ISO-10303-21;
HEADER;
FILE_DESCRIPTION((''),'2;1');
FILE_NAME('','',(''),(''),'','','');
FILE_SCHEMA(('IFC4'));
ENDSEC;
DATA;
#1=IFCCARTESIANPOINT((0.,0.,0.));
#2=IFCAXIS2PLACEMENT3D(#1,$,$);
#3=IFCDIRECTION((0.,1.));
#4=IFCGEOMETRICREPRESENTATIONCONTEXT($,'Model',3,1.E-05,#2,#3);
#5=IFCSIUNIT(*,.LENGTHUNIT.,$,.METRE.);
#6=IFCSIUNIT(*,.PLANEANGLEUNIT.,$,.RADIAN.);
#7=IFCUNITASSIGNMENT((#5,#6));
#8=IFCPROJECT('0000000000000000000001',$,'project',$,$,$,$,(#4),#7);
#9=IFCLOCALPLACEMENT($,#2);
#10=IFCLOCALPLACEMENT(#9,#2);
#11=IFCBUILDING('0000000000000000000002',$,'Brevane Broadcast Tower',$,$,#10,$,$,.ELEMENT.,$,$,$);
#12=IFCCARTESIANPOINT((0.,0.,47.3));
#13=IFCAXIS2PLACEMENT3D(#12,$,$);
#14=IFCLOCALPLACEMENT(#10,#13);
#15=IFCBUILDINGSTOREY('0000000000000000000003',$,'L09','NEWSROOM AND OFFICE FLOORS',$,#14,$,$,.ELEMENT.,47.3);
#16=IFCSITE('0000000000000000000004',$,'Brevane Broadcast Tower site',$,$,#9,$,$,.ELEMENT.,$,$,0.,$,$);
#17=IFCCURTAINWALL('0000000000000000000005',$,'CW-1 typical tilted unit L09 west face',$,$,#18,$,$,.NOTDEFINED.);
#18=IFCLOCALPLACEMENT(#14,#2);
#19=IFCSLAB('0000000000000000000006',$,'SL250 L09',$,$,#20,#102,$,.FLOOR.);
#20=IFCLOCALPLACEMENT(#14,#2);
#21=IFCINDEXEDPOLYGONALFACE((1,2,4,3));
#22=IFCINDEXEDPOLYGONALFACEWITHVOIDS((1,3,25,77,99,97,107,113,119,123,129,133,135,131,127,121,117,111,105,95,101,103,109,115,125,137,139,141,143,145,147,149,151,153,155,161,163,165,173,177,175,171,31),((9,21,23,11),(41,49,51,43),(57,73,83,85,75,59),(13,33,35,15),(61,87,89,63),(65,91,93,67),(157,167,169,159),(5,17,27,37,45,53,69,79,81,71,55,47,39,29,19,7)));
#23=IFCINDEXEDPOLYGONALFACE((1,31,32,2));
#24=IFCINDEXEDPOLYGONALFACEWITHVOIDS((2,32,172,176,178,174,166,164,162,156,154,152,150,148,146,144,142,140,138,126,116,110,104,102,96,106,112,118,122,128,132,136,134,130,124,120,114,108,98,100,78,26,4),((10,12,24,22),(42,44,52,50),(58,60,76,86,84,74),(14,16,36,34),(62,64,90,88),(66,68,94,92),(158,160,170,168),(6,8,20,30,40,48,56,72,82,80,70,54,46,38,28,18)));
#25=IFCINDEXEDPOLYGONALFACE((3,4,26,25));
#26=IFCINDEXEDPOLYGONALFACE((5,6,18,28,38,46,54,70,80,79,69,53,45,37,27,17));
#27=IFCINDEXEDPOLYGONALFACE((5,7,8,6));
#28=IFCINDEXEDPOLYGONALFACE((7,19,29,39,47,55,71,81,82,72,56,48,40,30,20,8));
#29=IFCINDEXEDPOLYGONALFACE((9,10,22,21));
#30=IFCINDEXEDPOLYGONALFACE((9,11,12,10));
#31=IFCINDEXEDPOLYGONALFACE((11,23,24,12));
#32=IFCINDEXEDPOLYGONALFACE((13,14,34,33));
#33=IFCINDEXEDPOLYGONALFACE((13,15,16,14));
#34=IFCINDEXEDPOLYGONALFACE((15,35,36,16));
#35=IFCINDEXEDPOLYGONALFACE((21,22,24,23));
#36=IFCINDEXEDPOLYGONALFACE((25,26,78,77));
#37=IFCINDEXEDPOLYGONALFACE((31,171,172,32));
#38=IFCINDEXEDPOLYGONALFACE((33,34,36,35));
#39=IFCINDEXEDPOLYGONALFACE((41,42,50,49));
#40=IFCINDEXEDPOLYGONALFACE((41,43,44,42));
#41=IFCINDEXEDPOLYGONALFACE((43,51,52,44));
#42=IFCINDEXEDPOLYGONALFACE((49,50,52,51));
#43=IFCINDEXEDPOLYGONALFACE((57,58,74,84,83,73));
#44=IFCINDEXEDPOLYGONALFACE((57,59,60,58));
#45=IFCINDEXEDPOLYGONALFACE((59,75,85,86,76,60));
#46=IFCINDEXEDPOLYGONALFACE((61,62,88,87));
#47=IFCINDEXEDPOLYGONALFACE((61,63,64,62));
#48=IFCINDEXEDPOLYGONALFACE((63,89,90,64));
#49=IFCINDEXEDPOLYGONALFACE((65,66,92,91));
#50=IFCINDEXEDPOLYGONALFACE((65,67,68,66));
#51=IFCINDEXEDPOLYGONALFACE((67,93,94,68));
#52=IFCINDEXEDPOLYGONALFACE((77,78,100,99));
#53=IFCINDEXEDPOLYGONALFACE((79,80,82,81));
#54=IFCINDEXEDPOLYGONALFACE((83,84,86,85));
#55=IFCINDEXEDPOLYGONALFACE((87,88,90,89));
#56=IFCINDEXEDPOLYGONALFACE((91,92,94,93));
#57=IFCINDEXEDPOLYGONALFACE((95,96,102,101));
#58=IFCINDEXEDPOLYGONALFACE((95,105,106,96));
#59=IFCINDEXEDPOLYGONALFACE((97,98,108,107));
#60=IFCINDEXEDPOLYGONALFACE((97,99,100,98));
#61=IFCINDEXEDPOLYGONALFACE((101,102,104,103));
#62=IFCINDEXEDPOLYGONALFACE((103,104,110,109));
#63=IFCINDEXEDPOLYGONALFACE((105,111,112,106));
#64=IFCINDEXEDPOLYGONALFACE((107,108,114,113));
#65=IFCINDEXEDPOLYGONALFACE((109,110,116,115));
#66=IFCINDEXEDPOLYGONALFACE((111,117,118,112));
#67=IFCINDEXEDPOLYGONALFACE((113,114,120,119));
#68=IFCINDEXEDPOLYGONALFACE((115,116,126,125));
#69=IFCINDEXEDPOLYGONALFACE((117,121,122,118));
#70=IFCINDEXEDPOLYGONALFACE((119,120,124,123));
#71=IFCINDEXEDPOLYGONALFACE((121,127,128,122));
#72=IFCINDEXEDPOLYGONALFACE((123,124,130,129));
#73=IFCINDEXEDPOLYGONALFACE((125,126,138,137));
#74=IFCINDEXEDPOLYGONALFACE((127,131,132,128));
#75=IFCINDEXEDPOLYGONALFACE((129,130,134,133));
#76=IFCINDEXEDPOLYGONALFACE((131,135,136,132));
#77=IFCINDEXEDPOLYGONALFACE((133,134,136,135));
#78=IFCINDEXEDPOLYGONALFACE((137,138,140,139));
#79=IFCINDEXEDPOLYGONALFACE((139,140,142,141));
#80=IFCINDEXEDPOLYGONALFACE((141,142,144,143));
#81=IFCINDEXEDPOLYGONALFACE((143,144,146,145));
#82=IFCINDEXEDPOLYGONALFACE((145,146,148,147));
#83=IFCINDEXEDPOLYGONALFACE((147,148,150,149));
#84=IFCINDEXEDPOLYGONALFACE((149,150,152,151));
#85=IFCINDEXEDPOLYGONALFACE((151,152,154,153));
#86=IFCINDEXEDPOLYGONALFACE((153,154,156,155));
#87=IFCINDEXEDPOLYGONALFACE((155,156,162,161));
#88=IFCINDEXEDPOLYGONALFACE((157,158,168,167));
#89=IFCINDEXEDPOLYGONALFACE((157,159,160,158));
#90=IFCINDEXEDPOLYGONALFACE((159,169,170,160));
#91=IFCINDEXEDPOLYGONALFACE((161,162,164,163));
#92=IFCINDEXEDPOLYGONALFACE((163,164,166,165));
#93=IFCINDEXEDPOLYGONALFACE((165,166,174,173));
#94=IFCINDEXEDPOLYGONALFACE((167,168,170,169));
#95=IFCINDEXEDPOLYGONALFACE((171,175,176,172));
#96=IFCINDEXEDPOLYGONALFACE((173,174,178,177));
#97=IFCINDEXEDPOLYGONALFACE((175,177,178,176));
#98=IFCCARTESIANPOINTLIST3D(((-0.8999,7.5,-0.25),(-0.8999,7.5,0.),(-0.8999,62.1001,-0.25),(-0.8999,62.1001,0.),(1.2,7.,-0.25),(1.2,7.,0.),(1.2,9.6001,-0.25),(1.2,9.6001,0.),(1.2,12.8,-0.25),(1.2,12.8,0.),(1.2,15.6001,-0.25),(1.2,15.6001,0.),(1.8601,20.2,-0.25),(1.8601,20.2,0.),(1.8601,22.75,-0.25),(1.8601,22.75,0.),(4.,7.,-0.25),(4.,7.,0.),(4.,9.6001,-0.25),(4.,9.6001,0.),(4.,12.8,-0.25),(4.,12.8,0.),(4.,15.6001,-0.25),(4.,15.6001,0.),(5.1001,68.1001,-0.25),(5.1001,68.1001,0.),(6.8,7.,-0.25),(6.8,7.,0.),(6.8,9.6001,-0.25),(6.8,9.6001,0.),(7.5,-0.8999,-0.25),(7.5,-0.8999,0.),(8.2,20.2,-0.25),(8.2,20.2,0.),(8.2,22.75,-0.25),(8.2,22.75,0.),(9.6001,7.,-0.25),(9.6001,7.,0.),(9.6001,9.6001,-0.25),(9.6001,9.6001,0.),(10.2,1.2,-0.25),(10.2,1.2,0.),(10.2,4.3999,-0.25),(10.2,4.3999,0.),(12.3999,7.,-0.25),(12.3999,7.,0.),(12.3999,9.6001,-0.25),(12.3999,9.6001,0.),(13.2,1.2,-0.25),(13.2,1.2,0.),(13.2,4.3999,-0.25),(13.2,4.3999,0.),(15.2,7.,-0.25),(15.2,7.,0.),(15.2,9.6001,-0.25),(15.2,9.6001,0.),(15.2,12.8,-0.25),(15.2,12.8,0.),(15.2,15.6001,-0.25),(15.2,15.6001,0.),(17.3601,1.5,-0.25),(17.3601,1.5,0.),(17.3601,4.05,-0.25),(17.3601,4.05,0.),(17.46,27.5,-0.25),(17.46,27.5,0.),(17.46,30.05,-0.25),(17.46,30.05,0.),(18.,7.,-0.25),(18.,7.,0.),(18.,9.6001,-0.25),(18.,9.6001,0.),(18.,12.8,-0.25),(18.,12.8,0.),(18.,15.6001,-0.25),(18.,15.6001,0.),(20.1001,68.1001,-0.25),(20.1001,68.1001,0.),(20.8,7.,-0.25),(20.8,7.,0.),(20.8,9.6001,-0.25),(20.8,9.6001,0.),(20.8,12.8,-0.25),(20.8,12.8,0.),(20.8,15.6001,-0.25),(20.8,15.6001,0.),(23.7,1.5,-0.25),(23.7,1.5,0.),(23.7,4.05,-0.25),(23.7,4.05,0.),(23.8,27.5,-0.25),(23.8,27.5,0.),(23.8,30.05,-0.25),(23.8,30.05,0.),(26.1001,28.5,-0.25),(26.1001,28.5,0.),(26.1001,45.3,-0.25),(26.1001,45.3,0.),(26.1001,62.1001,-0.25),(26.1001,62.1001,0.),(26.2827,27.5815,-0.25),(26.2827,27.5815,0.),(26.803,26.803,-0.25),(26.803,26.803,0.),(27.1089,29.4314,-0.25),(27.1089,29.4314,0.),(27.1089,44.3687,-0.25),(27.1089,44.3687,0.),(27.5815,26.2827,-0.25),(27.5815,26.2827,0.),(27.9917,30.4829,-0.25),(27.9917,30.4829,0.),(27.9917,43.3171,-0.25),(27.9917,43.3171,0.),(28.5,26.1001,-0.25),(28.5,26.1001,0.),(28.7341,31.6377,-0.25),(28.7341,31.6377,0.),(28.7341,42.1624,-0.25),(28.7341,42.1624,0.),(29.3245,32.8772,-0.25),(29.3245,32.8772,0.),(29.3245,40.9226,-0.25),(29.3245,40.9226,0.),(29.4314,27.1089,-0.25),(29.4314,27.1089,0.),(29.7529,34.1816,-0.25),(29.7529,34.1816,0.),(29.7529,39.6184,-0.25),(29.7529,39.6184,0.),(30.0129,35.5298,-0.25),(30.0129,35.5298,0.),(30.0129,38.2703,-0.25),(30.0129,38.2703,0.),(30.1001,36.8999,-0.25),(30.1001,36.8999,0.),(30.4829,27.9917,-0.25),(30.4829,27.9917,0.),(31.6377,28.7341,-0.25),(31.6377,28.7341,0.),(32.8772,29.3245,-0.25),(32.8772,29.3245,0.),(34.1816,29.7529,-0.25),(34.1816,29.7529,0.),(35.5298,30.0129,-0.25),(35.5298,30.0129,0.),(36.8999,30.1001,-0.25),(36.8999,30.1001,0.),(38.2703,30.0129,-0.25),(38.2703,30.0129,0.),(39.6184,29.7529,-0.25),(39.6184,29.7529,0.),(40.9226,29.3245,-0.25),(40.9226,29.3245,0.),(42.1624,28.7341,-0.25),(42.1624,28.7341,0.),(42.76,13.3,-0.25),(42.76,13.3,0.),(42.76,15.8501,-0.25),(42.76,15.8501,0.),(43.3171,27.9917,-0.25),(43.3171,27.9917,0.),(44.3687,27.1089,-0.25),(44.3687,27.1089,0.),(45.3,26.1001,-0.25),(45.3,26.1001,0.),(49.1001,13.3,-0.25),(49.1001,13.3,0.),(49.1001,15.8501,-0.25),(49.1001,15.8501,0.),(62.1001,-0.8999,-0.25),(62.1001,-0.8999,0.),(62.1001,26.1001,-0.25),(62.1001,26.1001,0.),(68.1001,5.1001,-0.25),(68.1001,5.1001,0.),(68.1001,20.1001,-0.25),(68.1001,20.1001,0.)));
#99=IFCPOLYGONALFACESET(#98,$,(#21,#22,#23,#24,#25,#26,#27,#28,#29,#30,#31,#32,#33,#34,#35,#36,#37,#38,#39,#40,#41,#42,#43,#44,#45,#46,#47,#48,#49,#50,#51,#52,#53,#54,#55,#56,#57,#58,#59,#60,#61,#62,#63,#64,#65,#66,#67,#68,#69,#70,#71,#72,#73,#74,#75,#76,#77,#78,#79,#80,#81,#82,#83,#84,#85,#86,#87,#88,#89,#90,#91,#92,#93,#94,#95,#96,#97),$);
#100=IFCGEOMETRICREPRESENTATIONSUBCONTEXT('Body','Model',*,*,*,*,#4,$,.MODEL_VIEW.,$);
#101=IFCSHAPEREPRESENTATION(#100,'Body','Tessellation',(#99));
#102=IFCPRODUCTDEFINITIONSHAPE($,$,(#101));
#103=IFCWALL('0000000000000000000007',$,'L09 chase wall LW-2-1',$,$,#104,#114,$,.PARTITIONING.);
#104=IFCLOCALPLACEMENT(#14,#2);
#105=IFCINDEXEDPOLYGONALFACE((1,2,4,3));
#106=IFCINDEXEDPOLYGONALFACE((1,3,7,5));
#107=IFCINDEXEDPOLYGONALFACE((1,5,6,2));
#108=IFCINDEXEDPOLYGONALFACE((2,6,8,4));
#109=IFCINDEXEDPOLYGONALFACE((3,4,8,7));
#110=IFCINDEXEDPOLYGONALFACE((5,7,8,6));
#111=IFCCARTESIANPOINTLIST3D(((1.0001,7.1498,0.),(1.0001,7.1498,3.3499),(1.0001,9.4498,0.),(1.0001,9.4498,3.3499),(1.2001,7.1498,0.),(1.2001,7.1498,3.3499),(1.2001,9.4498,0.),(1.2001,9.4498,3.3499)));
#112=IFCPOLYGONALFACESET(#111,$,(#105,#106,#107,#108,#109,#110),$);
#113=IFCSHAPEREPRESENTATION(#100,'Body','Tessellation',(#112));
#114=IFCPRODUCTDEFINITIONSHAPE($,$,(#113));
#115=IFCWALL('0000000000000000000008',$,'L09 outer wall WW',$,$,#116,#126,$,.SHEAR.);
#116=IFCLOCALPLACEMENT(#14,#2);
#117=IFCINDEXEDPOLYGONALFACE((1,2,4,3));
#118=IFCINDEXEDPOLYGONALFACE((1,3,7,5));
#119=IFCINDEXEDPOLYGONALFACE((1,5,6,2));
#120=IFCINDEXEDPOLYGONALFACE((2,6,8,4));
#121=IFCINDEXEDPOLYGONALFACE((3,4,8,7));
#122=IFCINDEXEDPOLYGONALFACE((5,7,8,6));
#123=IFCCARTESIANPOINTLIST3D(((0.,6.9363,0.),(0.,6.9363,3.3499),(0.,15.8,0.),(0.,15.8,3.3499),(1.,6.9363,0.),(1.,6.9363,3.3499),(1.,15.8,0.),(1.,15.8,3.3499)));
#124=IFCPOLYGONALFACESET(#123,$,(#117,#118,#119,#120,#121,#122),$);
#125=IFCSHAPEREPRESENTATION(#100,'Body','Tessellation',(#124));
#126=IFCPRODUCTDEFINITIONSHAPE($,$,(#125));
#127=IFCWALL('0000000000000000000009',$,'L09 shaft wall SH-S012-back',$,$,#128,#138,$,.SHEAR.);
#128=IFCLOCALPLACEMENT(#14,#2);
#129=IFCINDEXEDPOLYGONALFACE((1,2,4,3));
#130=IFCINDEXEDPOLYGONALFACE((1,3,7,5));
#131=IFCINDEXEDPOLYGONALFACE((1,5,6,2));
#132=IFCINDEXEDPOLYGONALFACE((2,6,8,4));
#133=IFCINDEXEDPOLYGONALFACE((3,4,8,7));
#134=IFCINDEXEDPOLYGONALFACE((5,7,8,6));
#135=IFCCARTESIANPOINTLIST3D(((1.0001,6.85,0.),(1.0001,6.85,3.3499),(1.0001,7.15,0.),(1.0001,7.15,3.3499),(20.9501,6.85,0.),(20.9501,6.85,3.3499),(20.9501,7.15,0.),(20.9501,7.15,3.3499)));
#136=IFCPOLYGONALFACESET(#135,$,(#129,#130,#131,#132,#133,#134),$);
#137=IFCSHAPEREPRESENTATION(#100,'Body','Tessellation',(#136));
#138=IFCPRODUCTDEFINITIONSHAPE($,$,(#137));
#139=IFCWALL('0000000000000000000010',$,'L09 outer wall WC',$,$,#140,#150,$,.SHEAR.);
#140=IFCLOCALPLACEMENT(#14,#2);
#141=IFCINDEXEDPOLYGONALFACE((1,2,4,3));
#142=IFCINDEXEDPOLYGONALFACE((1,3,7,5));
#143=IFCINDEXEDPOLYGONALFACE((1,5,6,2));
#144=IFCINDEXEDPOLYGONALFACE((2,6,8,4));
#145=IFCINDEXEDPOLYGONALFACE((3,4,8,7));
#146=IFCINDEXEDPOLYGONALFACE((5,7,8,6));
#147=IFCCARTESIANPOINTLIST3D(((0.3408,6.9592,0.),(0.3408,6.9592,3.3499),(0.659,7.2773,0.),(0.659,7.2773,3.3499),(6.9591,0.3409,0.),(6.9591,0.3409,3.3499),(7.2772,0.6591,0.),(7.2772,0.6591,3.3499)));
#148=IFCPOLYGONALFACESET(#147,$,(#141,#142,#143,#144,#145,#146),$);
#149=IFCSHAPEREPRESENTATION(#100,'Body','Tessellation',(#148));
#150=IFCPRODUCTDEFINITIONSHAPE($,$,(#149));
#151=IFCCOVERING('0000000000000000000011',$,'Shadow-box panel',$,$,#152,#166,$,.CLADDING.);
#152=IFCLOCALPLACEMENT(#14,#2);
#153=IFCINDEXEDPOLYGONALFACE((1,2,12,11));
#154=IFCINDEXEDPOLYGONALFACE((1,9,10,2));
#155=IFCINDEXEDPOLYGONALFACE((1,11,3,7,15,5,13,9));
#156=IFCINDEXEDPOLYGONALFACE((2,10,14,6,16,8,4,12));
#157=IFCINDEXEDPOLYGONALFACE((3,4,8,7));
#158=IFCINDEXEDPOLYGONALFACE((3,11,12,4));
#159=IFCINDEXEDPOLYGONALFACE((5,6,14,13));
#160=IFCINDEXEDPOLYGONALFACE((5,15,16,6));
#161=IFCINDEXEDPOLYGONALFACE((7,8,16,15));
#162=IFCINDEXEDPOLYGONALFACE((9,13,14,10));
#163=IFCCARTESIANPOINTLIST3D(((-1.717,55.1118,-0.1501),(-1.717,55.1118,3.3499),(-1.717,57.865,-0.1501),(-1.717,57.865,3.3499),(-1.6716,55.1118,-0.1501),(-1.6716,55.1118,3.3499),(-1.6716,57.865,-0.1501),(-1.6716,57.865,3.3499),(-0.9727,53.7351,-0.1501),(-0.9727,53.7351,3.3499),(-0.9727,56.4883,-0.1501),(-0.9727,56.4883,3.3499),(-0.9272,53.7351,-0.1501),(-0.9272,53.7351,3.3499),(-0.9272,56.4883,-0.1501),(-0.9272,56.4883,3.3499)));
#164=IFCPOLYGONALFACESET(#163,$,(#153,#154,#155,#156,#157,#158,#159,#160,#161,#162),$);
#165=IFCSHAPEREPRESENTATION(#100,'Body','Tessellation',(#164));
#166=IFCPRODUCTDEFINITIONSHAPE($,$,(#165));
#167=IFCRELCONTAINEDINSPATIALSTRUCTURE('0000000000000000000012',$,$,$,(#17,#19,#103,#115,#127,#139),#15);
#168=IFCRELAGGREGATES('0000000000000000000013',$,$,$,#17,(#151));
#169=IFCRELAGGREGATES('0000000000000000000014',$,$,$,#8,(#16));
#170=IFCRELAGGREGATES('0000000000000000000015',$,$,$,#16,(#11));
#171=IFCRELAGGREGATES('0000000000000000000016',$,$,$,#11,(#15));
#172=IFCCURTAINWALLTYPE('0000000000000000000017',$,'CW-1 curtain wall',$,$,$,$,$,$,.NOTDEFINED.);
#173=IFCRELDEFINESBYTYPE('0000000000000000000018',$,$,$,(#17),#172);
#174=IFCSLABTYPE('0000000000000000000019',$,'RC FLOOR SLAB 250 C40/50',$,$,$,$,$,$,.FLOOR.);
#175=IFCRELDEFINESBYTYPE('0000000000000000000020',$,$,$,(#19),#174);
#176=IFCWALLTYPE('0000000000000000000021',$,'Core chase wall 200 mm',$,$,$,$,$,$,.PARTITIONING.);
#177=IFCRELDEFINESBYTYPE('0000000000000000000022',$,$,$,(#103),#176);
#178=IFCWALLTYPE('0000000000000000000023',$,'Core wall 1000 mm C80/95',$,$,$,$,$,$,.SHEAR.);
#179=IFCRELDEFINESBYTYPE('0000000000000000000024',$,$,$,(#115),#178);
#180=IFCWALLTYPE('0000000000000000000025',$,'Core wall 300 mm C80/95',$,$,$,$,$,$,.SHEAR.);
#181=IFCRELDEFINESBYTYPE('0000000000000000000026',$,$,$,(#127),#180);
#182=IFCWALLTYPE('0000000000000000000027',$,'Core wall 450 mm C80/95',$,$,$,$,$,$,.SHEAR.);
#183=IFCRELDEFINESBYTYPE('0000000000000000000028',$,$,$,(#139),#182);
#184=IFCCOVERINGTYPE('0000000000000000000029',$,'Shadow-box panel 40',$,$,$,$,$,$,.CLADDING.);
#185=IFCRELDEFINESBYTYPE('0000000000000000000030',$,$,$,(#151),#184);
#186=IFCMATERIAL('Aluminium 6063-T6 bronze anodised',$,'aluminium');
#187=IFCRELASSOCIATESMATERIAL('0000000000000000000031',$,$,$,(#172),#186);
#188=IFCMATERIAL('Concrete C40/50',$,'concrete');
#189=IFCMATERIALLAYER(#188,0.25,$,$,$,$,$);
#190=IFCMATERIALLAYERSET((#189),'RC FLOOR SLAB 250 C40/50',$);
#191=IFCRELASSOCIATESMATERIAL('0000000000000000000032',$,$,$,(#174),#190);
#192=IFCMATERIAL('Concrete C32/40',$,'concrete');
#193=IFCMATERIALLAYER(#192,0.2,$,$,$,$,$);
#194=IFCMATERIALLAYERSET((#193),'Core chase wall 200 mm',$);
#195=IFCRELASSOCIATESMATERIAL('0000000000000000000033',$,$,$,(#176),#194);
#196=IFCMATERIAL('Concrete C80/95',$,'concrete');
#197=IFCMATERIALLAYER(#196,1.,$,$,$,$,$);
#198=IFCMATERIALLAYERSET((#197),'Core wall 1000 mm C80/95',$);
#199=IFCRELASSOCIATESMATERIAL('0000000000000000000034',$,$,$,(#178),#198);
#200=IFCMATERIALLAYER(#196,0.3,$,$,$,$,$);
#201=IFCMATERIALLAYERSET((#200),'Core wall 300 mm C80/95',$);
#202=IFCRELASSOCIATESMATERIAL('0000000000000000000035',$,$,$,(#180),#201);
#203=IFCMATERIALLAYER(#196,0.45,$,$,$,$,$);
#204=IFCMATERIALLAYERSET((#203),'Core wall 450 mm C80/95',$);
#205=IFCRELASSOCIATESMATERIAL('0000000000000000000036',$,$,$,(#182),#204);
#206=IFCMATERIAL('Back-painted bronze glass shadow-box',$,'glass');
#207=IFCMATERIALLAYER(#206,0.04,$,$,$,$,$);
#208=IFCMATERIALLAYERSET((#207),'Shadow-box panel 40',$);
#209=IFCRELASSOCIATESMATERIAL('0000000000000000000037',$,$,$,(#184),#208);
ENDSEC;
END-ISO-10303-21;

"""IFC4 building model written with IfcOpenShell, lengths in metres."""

from ifc_helpers import new_model, si_unit, direction, frame, frame_2d, origin, place, context, subcontext, project, spatial, polyline, rectangle, outline, extrude, material, layer, layer_set, type_object, element, aggregate, save


model = new_model("IFC4")

# Units and contexts
model_context = context("Model", 3, precision=1e-05, world=origin(), true_north=direction((0.0, 1.0)))
body_context = subcontext(model_context, "Body", "Model", "MODEL_VIEW")
ifc_project = project(units=[si_unit("LENGTHUNIT", "METRE"), si_unit("PLANEANGLEUNIT", "RADIAN")], contexts=[model_context])

# Site, building, storey
site_placement = place(None, origin())
site = spatial("IfcSite", under=ifc_project, at=site_placement, Name="Brevane Broadcast Tower site", CompositionType="ELEMENT", RefElevation=0.0)
building_placement = place(site_placement, origin())
building = spatial("IfcBuilding", under=site, at=building_placement, Name="Brevane Broadcast Tower", CompositionType="ELEMENT")
storey_placement = place(building_placement, frame((0.0, 0.0, 47.3)))
storey = spatial("IfcBuildingStorey", under=building, at=storey_placement, Name="L09", Description="NEWSROOM AND OFFICE FLOORS", CompositionType="ELEMENT", Elevation=47.3)

# Curtain wall
ifc_material_1 = material(Name="Aluminium 6063-T6 bronze anodised", Category="aluminium")
curtain_wall_type = type_object("IfcCurtainWallType", Name="CW-1 curtain wall", PredefinedType="NOTDEFINED", material=ifc_material_1)
curtain_wall_1_placement = place(storey_placement, origin())
curtain_wall_1 = element("IfcCurtainWall", 1, at=curtain_wall_1_placement, inside=storey, type_object=curtain_wall_type, Name="CW-1 typical tilted unit L09 west face", PredefinedType="NOTDEFINED")

# Slab
ifc_material_2 = material(Name="Concrete C40/50", Category="concrete")
ifc_layer_1 = layer(ifc_material_2, 0.25)
ifc_layer_set_1 = layer_set([ifc_layer_1], Name="RC FLOOR SLAB 250 C40/50")
slab_type_1 = type_object("IfcSlabType", Name="RC FLOOR SLAB 250 C40/50", PredefinedType="FLOOR", material=ifc_layer_set_1)
slab_1_placement = place(storey_placement, frame((0.0, 0.0, -0.25)))
element("IfcSlab", 2, at=slab_1_placement, inside=storey, type_object=slab_type_1, Name="SL250 L09", PredefinedType="FLOOR", context=body_context, shape_type="SweptSolid", body=[
    extrude(outline(polyline([(-0.8999, 7.5), (-0.8999, 62.1001), (5.1001, 68.1001), (20.1001, 68.1001), (26.1001, 62.1001), (26.1001, 45.3), (27.1089, 44.3687), (27.9917, 43.3171), (28.7341, 42.1624), (29.3245, 40.9226), (29.7529, 39.6184), (30.0129, 38.2703), (30.1001, 36.8999), (30.0129, 35.5298), (29.7529, 34.1816), (29.3245, 32.8772), (28.7341, 31.6377), (27.9917, 30.4829), (27.1089, 29.4314), (26.1001, 28.5), (26.2827, 27.5815), (26.803, 26.803), (27.5815, 26.2827), (28.5, 26.1001), (29.4314, 27.1089), (30.4829, 27.9917), (31.6377, 28.7341), (32.8772, 29.3245), (34.1816, 29.7529), (35.5298, 30.0129), (36.8999, 30.1001), (38.2703, 30.0129), (39.6184, 29.7529), (40.9226, 29.3245), (42.1624, 28.7341), (43.3171, 27.9917), (44.3687, 27.1089), (45.3, 26.1001), (62.1001, 26.1001), (68.1001, 20.1001), (68.1001, 5.1001), (62.1001, -0.8999), (7.5, -0.8999), (-0.8999, 7.5)]), holes=[polyline([(13.2, 4.3999), (10.2, 4.3999), (10.2, 1.2), (13.2, 1.2), (13.2, 4.3999)]), polyline([(4.0, 9.6001), (1.2, 9.6001), (1.2, 7.0), (4.0, 7.0), (6.8, 7.0), (9.6001, 7.0), (12.3999, 7.0), (15.2, 7.0), (18.0, 7.0), (20.8, 7.0), (20.8, 9.6001), (18.0, 9.6001), (15.2, 9.6001), (12.3999, 9.6001), (9.6001, 9.6001), (6.8, 9.6001), (4.0, 9.6001)]), polyline([(4.0, 12.8), (4.0, 15.6001), (1.2, 15.6001), (1.2, 12.8), (4.0, 12.8)]), polyline([(8.2, 22.75), (1.8601, 22.75), (1.8601, 20.2), (8.2, 20.2), (8.2, 22.75)]), polyline([(23.7, 4.05), (17.3601, 4.05), (17.3601, 1.5), (23.7, 1.5), (23.7, 4.05)]), polyline([(18.0, 15.6001), (15.2, 15.6001), (15.2, 12.8), (18.0, 12.8), (20.8, 12.8), (20.8, 15.6001), (18.0, 15.6001)]), polyline([(49.1001, 15.8501), (42.76, 15.8501), (42.76, 13.3), (49.1001, 13.3), (49.1001, 15.8501)]), polyline([(23.8, 30.05), (17.46, 30.05), (17.46, 27.5), (23.8, 27.5), (23.8, 30.05)])]), origin(), (0.0, 0.0, 1.0), 0.25),
])

# Walls
ifc_material_3 = material(Name="Concrete C32/40", Category="concrete")
ifc_layer_2 = layer(ifc_material_3, 0.2)
ifc_layer_set_2 = layer_set([ifc_layer_2], Name="Core chase wall 200 mm")
wall_type_1 = type_object("IfcWallType", Name="Core chase wall 200 mm", PredefinedType="PARTITIONING", material=ifc_layer_set_2)
wall_1_placement = place(storey_placement, frame((1.1001, 7.1499, 0.0), z_axis=(0.0, 0.0, 1.0), x_axis=(0.0, 1.0, 0.0)))
element("IfcWall", 3, at=wall_1_placement, inside=storey, type_object=wall_type_1, Name="L09 chase wall LW-2-1", PredefinedType="PARTITIONING", context=body_context, shape_type="SweptSolid", body=[
    extrude(rectangle(XDim=2.3, YDim=0.2, at=frame_2d((1.1499, 0.0))), origin(), (0.0, 0.0, 1.0), 3.3499),
])
ifc_material_4 = material(Name="Concrete C80/95", Category="concrete")
ifc_layer_3 = layer(ifc_material_4, 1.0)
ifc_layer_set_3 = layer_set([ifc_layer_3], Name="Core wall 1000 mm C80/95")
wall_type_2 = type_object("IfcWallType", Name="Core wall 1000 mm C80/95", PredefinedType="SHEAR", material=ifc_layer_set_3)
wall_2_placement = place(storey_placement, frame((0.5, 6.9363, 0.0), z_axis=(0.0, 0.0, 1.0), x_axis=(0.0, 1.0, 0.0)))
element("IfcWall", 4, at=wall_2_placement, inside=storey, type_object=wall_type_2, Name="L09 outer wall WW", PredefinedType="SHEAR", context=body_context, shape_type="SweptSolid", body=[
    extrude(rectangle(XDim=8.8638, YDim=1.0, at=frame_2d((4.4319, 0.0))), origin(), (0.0, 0.0, 1.0), 3.3499),
])
ifc_layer_4 = layer(ifc_material_4, 0.3)
ifc_layer_set_4 = layer_set([ifc_layer_4], Name="Core wall 300 mm C80/95")
wall_type_3 = type_object("IfcWallType", Name="Core wall 300 mm C80/95", PredefinedType="SHEAR", material=ifc_layer_set_4)
wall_3_placement = place(storey_placement, frame((1.0, 7.0, 0.0), z_axis=(0.0, 0.0, 1.0), x_axis=(1.0, 0.0, 0.0)))
element("IfcWall", 5, at=wall_3_placement, inside=storey, type_object=wall_type_3, Name="L09 shaft wall SH-S012-back", PredefinedType="SHEAR", context=body_context, shape_type="SweptSolid", body=[
    extrude(rectangle(XDim=19.95, YDim=0.3, at=frame_2d((9.9751, 0.0))), origin(), (0.0, 0.0, 1.0), 3.3499),
])
ifc_layer_5 = layer(ifc_material_4, 0.45)
ifc_layer_set_5 = layer_set([ifc_layer_5], Name="Core wall 450 mm C80/95")
wall_type_4 = type_object("IfcWallType", Name="Core wall 450 mm C80/95", PredefinedType="SHEAR", material=ifc_layer_set_5)
wall_4_placement = place(storey_placement, frame((0.5, 7.1182, 0.0), z_axis=(0.0, 0.0, 1.0), x_axis=(0.707107, -0.707107, 0.0)))
element("IfcWall", 6, at=wall_4_placement, inside=storey, type_object=wall_type_4, Name="L09 outer wall WC", PredefinedType="SHEAR", context=body_context, shape_type="SweptSolid", body=[
    extrude(rectangle(XDim=9.3596, YDim=0.45, at=frame_2d((4.6797, 0.0))), origin(), (0.0, 0.0, 1.0), 3.3499),
])

# Covering
ifc_material_5 = material(Name="Back-painted bronze glass shadow-box", Category="glass")
ifc_layer_6 = layer(ifc_material_5, 0.04)
ifc_layer_set_6 = layer_set([ifc_layer_6], Name="Shadow-box panel 40")
covering_type = type_object("IfcCoveringType", Name="Shadow-box panel 40", PredefinedType="CLADDING", material=ifc_layer_set_6)
covering_1_placement = place(storey_placement, frame((0.0, 0.0, -0.1501)))
covering_1 = element("IfcCovering", 7, at=covering_1_placement, type_object=covering_type, Name="Shadow-box panel", PredefinedType="CLADDING", context=body_context, shape_type="SweptSolid", body=[
    extrude(outline(polyline([(-1.6716, 57.865), (-1.717, 57.865), (-0.9727, 56.4883), (-1.717, 55.1118), (-0.9727, 53.7351), (-0.9272, 53.7351), (-1.6716, 55.1118), (-0.9272, 56.4883), (-1.6716, 57.865)])), origin(), (0.0, 0.0, 1.0), 3.5),
])
aggregate(curtain_wall_1, [covering_1])

save(model, "model.ifc")
